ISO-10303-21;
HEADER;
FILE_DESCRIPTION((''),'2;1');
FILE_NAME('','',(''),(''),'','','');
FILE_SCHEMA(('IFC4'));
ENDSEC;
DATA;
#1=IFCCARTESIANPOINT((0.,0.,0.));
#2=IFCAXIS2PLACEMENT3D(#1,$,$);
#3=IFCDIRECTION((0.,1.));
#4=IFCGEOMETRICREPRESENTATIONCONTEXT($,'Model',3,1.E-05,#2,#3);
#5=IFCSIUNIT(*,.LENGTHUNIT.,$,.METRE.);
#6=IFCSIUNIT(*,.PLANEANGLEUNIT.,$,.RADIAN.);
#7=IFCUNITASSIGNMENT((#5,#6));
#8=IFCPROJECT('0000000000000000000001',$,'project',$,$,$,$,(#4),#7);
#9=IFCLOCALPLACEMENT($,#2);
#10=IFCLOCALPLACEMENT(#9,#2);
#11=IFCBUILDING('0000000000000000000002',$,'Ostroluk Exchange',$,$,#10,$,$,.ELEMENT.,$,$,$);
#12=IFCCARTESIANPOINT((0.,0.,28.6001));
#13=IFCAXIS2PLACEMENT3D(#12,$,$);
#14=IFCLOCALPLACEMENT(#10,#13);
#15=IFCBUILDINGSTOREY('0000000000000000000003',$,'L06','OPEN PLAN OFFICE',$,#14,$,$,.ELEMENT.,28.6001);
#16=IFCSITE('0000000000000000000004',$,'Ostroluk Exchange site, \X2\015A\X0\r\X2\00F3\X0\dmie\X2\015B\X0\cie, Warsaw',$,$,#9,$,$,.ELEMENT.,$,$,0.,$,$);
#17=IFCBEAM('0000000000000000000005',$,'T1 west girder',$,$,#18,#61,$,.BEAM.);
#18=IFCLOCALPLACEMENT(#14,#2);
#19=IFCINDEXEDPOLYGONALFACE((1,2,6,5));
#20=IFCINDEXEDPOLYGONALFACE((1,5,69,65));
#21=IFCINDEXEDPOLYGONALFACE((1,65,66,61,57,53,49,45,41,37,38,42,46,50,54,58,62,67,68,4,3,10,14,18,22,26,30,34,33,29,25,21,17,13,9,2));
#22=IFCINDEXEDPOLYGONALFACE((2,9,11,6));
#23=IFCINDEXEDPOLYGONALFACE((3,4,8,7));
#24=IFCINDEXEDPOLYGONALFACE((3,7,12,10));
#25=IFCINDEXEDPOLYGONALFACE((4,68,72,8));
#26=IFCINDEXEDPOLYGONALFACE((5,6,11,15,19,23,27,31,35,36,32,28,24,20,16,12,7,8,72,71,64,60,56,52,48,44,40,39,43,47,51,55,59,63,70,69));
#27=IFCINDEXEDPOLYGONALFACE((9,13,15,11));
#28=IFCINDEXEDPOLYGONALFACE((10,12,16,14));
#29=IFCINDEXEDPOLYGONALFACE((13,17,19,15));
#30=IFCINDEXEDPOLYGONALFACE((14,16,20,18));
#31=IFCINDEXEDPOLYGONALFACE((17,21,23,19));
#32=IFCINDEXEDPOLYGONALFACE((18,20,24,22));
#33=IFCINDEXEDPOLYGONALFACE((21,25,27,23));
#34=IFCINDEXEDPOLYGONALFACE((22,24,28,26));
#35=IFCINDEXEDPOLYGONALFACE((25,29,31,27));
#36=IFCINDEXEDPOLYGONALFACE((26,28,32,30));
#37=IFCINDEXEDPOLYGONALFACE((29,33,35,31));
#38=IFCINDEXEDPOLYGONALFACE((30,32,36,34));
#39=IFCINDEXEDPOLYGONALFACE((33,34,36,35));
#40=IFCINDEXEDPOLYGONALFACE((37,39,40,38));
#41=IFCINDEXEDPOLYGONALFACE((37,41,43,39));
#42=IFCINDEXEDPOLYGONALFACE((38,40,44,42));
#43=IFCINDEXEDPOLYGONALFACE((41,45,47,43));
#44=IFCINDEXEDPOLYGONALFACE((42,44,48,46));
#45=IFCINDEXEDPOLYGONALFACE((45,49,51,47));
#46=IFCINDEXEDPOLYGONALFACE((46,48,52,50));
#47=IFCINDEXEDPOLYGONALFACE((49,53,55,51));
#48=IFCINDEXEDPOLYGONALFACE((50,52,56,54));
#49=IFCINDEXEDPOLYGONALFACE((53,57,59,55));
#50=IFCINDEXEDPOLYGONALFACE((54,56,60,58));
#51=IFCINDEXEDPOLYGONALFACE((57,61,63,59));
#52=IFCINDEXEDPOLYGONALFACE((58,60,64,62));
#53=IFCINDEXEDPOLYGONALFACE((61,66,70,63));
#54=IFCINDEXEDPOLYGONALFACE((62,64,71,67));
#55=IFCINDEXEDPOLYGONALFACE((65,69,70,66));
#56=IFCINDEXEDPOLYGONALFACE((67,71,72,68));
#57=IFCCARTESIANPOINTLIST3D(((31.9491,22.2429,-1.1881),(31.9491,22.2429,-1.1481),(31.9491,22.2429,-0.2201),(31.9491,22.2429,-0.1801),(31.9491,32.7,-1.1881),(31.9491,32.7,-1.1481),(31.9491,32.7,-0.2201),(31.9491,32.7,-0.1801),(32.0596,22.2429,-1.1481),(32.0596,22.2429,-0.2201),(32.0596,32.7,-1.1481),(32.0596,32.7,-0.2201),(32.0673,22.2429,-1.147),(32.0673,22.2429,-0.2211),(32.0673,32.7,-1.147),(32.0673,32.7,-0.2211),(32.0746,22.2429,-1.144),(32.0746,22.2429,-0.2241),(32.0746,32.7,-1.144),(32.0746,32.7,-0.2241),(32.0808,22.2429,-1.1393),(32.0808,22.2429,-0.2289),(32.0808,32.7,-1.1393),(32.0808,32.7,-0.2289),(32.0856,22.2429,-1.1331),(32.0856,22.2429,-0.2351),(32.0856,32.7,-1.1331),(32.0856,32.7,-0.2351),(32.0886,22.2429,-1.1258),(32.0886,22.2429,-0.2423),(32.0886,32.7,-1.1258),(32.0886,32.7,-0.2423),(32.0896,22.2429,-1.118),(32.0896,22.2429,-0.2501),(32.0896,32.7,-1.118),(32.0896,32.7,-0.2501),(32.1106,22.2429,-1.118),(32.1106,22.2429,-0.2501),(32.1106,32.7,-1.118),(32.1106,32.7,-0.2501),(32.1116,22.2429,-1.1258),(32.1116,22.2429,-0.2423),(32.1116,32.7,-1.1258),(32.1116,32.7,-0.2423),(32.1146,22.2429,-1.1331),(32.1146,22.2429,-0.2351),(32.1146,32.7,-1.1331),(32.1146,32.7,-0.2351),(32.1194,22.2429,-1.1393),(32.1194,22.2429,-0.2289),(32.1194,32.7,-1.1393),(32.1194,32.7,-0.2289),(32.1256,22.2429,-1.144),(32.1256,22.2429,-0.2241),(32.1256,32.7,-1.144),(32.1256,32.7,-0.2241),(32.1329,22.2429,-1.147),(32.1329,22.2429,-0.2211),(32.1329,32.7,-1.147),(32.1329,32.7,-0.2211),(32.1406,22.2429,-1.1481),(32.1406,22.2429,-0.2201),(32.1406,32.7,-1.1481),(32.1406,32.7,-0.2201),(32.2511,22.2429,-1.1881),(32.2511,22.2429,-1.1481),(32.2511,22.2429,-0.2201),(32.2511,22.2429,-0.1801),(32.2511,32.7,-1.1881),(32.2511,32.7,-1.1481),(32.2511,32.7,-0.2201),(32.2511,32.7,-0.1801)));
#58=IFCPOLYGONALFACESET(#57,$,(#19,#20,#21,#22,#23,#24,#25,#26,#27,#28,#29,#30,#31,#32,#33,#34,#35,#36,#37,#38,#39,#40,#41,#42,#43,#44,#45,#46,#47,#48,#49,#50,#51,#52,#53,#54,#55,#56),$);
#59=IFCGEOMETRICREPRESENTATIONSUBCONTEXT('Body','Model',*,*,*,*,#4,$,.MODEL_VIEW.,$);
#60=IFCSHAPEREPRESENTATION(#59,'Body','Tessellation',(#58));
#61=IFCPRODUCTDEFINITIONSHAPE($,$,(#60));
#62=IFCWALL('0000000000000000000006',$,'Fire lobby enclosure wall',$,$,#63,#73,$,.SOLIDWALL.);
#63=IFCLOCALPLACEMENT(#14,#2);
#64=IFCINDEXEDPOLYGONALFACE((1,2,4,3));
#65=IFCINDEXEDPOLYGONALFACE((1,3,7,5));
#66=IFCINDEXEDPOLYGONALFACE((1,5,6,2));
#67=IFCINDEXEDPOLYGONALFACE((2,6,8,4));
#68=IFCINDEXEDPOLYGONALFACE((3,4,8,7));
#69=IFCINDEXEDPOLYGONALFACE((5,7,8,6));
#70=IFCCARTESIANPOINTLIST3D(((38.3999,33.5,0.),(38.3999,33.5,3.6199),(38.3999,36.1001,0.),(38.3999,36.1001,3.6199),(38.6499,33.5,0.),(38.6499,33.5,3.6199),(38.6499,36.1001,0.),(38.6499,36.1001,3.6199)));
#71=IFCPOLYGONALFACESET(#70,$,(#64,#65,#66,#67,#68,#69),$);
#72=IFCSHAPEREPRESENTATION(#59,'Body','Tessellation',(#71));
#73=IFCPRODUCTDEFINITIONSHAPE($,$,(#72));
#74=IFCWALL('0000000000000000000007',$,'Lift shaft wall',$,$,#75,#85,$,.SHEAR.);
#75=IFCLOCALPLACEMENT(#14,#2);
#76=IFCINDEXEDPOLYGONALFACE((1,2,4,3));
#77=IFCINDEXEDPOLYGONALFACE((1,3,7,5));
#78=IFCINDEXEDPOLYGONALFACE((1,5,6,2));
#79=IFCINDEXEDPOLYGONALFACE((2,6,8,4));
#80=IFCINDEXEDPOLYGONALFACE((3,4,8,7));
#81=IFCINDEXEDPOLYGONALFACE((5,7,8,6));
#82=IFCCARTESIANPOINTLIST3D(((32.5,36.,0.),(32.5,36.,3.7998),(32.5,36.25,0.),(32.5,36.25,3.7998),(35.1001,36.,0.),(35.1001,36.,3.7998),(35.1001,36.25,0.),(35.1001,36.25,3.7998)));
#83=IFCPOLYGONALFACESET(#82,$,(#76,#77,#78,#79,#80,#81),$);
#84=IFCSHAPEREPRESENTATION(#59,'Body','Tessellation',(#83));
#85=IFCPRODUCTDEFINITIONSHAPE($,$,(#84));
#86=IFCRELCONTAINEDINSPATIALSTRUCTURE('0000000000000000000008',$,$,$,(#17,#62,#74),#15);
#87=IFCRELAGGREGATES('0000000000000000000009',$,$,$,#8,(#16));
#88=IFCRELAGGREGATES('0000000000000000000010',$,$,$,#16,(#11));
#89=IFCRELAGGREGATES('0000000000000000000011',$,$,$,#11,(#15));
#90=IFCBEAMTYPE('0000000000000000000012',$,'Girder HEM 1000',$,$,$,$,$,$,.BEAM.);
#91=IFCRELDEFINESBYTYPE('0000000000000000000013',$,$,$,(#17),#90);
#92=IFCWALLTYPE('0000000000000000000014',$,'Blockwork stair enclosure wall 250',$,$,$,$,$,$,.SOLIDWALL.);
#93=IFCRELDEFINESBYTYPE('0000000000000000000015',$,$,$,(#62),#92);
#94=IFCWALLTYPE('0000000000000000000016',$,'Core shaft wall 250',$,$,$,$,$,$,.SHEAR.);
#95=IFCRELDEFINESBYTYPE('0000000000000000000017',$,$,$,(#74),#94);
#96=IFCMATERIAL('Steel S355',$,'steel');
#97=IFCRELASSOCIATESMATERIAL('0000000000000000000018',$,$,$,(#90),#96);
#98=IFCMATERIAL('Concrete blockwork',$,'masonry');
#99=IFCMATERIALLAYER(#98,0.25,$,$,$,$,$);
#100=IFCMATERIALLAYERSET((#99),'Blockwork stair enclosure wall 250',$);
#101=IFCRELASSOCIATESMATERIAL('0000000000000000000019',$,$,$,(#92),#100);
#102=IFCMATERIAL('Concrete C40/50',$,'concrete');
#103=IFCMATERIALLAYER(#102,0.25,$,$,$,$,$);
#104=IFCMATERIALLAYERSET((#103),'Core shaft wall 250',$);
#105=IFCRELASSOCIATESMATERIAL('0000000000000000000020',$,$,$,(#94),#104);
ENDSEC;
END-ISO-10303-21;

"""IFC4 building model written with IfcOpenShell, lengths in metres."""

from ifc_helpers import new_model, si_unit, direction, frame, frame_2d, origin, origin_2d, place, context, subcontext, project, spatial, rectangle, i_section, extrude, material, layer, layer_set, material_profile, profile_set, type_object, element, save


model = new_model("IFC4")

# Units and contexts
model_context = context("Model", 3, precision=1e-05, world=origin(), true_north=direction((0.0, 1.0)))
body_context = subcontext(model_context, "Body", "Model", "MODEL_VIEW")
ifc_project = project(units=[si_unit("LENGTHUNIT", "METRE"), si_unit("PLANEANGLEUNIT", "RADIAN")], contexts=[model_context])

# Site, building, storey
site_placement = place(None, origin())
site = spatial("IfcSite", under=ifc_project, at=site_placement, Name="Ostroluk Exchange site, Śródmieście, Warsaw", CompositionType="ELEMENT", RefElevation=0.0)
building_placement = place(site_placement, origin())
building = spatial("IfcBuilding", under=site, at=building_placement, Name="Ostroluk Exchange", CompositionType="ELEMENT")
storey_placement = place(building_placement, frame((0.0, 0.0, 28.6001)))
storey = spatial("IfcBuildingStorey", under=building, at=storey_placement, Name="L06", Description="OPEN PLAN OFFICE", CompositionType="ELEMENT", Elevation=28.6001)

# Beam
ifc_material_1 = material(Name="Steel S355", Category="steel")
ifc_material_profile_1 = material_profile(ifc_material_1, i_section(OverallWidth=0.302, OverallDepth=1.0081, WebThickness=0.021, FlangeThickness=0.04, FilletRadius=0.03, at=origin_2d()), Name="HEM 1000")
ifc_profile_set_1 = profile_set([ifc_material_profile_1], Name="Steel S355")
beam_type_1 = type_object("IfcBeamType", Name="Girder HEM 1000", PredefinedType="BEAM", material=ifc_profile_set_1)
beam_1_placement = place(storey_placement, frame((32.1001, 32.7, -0.6841), z_axis=(0.0, -1.0, 0.0), x_axis=(1.0, 0.0, 0.0)))
element("IfcBeam", 1, at=beam_1_placement, inside=storey, type_object=beam_type_1, Name="T1 west girder", PredefinedType="BEAM", context=body_context, shape_type="SweptSolid", body=[
    extrude(i_section(OverallWidth=0.302, OverallDepth=1.0081, WebThickness=0.021, FlangeThickness=0.04, FilletRadius=0.03, at=origin_2d()), origin(), (0.0, 0.0, 1.0), 10.457),
])

# Walls
ifc_material_2 = material(Name="Concrete blockwork", Category="masonry")
ifc_layer_1 = layer(ifc_material_2, 0.25)
ifc_layer_set_1 = layer_set([ifc_layer_1], Name="Blockwork stair enclosure wall 250")
wall_type_1 = type_object("IfcWallType", Name="Blockwork stair enclosure wall 250", PredefinedType="SOLIDWALL", material=ifc_layer_set_1)
wall_1_placement = place(storey_placement, frame((38.5249, 33.5, 0.0), z_axis=(0.0, 0.0, 1.0), x_axis=(0.0, 1.0, 0.0)))
element("IfcWall", 2, at=wall_1_placement, inside=storey, type_object=wall_type_1, Name="Fire lobby enclosure wall", PredefinedType="SOLIDWALL", context=body_context, shape_type="SweptSolid", body=[
    extrude(rectangle(XDim=2.6001, YDim=0.25, at=frame_2d((1.3, 0.0))), origin(), (0.0, 0.0, 1.0), 3.6199),
])
ifc_material_3 = material(Name="Concrete C40/50", Category="concrete")
ifc_layer_2 = layer(ifc_material_3, 0.25)
ifc_layer_set_2 = layer_set([ifc_layer_2], Name="Core shaft wall 250")
wall_type_2 = type_object("IfcWallType", Name="Core shaft wall 250", PredefinedType="SHEAR", material=ifc_layer_set_2)
wall_2_placement = place(storey_placement, frame((32.5, 36.125, 0.0), z_axis=(0.0, 0.0, 1.0), x_axis=(1.0, 0.0, 0.0)))
element("IfcWall", 3, at=wall_2_placement, inside=storey, type_object=wall_type_2, Name="Lift shaft wall", PredefinedType="SHEAR", context=body_context, shape_type="SweptSolid", body=[
    extrude(rectangle(XDim=2.6001, YDim=0.25, at=frame_2d((1.3, 0.0))), origin(), (0.0, 0.0, 1.0), 3.7998),
])

save(model, "model.ifc")
